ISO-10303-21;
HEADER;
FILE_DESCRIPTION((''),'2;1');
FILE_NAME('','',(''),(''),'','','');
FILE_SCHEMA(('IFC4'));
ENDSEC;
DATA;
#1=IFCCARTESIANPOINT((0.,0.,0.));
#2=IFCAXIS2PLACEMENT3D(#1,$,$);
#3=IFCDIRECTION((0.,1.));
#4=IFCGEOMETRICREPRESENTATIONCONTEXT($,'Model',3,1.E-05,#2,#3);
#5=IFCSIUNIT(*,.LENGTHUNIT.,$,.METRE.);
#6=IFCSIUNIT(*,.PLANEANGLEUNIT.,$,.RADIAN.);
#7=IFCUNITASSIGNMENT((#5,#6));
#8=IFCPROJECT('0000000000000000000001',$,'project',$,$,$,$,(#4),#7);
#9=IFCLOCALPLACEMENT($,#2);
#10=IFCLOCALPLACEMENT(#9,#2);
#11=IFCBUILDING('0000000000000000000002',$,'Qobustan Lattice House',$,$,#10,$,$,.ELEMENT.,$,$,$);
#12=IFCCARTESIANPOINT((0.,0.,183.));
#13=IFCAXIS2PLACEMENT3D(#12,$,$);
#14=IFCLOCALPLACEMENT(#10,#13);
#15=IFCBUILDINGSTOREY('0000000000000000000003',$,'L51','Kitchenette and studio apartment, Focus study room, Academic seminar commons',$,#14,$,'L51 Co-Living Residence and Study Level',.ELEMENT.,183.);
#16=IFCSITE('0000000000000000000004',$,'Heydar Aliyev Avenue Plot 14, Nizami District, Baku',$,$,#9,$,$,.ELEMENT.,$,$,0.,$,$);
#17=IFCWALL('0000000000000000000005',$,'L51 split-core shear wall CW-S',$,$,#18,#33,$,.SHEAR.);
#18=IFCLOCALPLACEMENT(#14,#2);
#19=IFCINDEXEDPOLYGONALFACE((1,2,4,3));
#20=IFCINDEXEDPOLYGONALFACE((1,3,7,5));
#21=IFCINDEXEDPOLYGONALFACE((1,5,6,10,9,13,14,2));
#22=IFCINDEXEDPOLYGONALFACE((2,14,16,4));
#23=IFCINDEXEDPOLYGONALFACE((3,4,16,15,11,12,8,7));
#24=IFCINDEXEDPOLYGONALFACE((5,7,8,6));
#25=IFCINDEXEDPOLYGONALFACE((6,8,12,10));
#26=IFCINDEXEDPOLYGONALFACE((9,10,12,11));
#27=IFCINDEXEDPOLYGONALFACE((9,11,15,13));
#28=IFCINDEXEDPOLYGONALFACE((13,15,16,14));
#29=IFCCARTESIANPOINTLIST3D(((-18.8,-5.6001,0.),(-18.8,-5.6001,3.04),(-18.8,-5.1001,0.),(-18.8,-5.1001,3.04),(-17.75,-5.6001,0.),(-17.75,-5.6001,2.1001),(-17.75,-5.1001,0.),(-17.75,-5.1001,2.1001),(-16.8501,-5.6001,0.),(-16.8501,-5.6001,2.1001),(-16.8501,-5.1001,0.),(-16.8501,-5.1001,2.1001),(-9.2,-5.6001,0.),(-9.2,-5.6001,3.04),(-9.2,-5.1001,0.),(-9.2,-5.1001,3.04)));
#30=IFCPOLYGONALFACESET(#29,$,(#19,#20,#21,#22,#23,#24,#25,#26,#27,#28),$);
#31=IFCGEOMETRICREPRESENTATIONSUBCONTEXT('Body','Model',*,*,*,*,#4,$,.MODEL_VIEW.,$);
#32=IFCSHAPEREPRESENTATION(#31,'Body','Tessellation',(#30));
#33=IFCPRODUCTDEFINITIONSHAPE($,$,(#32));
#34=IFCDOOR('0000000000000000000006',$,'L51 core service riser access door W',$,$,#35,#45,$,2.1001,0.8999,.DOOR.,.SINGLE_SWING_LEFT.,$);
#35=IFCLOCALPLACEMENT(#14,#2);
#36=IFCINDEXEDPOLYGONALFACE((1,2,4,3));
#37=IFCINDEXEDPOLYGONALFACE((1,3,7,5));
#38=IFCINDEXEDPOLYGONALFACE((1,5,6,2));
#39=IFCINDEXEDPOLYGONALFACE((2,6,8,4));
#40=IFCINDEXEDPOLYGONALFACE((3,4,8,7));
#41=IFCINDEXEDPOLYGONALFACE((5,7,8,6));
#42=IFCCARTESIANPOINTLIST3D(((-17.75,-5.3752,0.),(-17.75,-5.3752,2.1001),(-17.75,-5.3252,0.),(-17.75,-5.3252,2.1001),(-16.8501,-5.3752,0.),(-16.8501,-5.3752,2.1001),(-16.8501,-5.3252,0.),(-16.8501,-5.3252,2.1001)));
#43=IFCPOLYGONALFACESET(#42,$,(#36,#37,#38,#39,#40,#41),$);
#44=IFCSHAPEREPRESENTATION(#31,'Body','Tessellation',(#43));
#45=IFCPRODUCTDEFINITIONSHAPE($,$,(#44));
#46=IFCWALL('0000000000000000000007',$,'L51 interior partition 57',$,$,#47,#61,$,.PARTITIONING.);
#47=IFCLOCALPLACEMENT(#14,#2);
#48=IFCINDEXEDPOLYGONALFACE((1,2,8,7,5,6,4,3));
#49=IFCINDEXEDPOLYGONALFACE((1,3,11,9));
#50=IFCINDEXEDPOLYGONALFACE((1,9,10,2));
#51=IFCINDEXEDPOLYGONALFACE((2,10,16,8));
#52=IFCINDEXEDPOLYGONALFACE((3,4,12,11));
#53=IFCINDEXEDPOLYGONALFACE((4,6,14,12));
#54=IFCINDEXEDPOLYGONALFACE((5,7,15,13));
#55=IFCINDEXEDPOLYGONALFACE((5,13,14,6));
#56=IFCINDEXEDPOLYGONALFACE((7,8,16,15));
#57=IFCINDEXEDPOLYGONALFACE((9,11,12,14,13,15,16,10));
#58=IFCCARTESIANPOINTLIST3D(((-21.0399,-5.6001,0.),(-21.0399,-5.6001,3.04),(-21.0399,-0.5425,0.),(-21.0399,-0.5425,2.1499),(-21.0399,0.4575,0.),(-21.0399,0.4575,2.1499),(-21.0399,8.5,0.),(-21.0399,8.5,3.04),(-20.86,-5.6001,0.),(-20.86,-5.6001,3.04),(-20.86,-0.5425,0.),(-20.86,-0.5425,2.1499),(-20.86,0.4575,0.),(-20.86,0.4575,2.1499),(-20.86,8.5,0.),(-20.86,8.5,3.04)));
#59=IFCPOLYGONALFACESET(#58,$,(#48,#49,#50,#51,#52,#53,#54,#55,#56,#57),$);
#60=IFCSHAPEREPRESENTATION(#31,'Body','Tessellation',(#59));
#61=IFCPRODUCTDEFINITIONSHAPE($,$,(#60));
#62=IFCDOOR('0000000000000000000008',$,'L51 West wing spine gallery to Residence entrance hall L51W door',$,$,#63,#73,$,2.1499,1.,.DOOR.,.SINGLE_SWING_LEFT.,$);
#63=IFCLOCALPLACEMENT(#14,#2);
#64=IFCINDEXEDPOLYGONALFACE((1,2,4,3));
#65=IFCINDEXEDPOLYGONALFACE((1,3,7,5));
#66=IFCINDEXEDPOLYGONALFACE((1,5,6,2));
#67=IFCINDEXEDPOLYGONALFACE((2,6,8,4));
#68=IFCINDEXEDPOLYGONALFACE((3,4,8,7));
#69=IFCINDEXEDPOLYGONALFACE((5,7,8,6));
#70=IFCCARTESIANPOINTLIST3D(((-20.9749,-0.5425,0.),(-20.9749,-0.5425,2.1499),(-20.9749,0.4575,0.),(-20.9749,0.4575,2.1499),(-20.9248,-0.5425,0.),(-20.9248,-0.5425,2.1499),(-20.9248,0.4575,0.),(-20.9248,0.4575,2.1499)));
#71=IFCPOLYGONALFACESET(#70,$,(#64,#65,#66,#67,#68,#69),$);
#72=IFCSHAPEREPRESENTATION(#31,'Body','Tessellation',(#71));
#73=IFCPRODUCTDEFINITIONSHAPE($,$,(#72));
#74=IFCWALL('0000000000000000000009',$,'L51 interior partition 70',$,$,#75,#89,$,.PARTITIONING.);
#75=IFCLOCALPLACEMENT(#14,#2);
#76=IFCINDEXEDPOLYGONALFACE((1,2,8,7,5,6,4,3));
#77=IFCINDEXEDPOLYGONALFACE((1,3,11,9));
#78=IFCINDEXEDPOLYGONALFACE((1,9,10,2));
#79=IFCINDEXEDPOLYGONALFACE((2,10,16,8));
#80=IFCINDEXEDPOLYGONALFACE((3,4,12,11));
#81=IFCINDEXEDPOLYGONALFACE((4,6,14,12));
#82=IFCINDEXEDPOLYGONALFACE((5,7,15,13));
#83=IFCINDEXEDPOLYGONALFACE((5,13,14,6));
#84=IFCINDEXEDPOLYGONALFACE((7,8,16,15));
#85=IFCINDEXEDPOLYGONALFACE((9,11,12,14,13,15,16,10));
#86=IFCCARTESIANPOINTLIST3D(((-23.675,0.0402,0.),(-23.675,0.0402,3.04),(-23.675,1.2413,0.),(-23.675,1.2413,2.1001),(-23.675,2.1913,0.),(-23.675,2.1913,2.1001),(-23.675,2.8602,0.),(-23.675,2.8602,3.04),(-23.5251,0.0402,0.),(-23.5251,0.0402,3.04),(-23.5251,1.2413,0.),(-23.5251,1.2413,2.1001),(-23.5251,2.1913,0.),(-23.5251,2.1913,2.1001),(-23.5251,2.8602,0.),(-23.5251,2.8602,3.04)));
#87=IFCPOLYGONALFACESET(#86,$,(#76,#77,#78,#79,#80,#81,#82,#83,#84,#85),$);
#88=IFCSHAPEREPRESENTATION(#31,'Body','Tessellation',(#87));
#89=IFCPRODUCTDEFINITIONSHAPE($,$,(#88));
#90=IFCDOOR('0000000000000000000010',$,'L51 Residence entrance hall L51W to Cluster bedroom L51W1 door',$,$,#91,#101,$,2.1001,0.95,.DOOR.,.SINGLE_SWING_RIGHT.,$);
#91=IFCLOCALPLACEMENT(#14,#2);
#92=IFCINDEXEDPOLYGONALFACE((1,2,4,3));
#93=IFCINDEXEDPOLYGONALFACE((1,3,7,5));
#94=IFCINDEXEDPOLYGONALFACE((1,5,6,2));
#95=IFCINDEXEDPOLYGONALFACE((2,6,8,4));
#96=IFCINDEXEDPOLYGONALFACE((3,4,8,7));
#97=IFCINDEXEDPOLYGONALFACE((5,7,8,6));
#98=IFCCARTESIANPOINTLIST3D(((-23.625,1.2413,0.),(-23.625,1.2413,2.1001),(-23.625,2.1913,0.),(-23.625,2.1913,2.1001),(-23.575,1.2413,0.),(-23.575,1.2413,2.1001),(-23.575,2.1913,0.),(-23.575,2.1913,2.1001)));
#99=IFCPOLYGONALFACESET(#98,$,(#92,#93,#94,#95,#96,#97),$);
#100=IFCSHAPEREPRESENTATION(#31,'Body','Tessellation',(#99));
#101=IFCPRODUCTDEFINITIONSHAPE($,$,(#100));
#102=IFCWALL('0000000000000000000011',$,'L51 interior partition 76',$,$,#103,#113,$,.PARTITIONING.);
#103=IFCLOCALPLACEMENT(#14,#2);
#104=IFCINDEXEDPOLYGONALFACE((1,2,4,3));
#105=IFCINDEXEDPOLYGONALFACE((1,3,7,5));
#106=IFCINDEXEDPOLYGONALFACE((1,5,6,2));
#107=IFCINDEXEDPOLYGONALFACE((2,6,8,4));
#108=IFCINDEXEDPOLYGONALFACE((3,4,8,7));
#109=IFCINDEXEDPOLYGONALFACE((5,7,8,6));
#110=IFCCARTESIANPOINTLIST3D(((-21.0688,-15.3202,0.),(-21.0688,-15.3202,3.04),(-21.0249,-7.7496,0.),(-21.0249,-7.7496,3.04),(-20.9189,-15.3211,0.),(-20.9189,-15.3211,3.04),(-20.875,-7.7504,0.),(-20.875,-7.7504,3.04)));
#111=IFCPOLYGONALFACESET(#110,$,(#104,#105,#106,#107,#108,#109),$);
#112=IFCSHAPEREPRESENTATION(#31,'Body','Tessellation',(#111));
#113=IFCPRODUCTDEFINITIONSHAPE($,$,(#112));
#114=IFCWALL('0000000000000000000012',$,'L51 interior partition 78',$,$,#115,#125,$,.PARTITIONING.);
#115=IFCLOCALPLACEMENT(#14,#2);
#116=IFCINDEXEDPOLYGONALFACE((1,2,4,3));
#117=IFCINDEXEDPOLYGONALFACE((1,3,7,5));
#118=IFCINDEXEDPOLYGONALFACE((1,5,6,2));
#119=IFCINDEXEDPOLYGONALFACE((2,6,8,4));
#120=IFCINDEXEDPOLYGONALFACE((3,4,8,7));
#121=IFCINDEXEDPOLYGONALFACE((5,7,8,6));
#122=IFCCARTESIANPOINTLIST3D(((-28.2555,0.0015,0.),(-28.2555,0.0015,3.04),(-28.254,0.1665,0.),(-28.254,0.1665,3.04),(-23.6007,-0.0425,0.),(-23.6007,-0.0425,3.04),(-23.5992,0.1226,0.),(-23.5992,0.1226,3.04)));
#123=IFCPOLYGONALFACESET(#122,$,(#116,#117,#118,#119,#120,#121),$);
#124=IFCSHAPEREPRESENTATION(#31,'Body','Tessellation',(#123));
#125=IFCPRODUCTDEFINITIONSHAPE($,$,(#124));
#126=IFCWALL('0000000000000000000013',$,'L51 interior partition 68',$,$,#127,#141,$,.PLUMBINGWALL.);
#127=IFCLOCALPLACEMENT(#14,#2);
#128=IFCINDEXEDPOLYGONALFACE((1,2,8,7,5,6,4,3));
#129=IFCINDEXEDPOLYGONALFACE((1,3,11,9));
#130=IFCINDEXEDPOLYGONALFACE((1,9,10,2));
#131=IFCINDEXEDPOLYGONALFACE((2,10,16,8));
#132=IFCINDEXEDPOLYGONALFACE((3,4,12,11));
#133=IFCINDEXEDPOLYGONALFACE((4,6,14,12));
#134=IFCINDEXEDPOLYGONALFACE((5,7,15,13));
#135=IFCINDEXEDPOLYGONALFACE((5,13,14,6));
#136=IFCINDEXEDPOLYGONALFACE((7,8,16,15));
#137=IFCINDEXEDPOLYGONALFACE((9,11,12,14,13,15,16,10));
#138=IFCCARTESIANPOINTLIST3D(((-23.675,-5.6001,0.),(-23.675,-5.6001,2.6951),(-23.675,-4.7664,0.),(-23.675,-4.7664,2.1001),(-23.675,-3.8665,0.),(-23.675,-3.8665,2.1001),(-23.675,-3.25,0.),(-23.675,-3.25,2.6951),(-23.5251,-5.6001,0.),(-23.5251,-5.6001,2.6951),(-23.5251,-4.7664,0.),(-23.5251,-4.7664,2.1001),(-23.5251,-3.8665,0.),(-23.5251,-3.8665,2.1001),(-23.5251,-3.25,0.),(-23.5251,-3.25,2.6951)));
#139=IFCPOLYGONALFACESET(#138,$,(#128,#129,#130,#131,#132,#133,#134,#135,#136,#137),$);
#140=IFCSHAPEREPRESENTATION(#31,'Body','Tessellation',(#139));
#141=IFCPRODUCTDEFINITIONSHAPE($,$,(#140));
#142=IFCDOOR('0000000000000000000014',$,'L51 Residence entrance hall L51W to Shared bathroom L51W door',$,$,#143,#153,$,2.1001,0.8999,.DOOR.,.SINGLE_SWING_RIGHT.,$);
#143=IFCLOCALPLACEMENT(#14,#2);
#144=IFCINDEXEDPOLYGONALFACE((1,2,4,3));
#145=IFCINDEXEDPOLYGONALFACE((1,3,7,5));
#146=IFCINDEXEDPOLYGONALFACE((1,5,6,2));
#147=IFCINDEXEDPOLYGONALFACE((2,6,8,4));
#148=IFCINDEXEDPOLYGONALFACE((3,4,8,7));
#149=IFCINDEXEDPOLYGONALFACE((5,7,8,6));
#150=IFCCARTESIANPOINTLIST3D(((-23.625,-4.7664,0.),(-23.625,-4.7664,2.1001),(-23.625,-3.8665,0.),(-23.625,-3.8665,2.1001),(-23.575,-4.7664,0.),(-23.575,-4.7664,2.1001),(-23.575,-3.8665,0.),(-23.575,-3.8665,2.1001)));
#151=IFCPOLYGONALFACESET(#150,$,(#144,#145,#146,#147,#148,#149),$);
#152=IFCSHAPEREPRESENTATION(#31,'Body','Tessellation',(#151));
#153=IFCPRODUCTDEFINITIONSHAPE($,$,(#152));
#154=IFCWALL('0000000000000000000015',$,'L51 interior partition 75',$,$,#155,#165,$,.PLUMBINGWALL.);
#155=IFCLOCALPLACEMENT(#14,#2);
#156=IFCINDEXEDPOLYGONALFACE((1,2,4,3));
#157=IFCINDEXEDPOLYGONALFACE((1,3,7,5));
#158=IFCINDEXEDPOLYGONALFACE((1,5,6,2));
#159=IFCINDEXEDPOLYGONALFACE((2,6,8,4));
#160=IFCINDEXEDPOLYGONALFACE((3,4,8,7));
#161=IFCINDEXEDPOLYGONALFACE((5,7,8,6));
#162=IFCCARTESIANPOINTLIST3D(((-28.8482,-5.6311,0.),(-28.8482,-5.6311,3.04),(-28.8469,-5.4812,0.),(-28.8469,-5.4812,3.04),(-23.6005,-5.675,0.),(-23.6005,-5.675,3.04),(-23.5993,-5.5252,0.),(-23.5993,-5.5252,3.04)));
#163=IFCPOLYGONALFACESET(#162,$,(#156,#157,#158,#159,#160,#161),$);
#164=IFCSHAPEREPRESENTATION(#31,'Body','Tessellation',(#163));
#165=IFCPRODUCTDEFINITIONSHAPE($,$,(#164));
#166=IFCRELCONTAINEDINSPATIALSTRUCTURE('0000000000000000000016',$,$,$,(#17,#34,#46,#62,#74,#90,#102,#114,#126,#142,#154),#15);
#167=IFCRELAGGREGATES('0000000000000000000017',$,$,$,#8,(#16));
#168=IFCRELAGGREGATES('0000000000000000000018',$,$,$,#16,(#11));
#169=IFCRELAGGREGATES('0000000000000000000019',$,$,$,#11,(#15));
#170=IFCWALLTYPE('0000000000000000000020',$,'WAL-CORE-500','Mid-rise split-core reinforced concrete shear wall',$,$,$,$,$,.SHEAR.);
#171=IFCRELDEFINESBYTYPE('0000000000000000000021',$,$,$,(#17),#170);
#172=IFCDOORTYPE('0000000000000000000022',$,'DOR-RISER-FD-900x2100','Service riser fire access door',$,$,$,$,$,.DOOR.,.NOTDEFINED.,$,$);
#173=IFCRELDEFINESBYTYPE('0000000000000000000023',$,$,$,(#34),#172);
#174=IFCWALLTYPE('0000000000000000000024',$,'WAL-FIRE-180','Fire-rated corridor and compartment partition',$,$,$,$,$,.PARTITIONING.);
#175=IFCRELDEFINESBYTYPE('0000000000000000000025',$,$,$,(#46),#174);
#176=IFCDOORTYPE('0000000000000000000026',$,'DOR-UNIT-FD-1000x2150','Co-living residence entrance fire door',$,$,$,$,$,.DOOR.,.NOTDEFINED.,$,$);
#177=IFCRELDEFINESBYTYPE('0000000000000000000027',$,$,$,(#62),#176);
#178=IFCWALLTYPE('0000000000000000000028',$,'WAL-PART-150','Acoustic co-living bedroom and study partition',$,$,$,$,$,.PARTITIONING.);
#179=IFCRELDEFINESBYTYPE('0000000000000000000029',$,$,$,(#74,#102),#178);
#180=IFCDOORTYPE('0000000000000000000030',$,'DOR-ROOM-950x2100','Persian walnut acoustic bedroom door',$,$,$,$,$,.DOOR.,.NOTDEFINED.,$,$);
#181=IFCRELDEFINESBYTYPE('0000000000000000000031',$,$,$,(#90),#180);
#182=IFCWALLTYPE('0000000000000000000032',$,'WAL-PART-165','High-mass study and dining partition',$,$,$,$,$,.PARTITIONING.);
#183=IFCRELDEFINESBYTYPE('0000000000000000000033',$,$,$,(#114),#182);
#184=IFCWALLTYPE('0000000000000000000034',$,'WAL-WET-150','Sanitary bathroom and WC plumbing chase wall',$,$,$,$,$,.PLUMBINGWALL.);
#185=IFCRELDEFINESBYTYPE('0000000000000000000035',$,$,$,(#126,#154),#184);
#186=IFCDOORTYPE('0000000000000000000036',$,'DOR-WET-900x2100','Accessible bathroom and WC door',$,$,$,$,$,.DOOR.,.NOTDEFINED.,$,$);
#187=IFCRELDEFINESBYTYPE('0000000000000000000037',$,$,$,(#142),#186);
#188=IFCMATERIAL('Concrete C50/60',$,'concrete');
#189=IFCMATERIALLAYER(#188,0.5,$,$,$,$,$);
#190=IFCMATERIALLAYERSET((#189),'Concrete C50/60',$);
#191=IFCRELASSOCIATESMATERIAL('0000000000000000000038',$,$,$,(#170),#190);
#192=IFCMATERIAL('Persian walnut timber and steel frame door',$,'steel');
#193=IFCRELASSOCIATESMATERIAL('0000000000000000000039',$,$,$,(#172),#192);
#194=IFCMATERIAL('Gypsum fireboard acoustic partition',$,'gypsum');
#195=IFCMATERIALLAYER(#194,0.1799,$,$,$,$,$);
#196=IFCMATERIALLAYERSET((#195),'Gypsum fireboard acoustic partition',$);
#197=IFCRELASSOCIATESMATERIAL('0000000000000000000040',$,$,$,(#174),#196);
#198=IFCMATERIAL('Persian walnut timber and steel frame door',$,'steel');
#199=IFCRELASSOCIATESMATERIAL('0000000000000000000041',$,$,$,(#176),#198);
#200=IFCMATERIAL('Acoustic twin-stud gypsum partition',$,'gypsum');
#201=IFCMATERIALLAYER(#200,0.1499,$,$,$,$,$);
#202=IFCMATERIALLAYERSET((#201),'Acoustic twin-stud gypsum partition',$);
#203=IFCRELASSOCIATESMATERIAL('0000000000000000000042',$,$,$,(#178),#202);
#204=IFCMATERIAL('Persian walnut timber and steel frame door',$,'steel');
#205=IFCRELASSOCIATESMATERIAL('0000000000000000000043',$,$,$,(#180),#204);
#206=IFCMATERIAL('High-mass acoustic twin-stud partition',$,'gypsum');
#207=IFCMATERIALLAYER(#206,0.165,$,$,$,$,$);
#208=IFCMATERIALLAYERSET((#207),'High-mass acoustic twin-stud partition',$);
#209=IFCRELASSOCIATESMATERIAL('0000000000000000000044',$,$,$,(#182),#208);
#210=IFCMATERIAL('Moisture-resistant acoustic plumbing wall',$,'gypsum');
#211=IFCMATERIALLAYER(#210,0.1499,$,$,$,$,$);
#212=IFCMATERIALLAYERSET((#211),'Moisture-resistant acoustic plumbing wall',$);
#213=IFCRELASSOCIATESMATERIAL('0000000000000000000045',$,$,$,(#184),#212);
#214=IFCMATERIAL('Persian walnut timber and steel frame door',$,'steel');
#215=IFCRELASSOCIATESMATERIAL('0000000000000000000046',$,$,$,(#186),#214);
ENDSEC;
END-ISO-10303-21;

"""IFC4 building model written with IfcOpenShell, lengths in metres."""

from ifc_helpers import new_model, si_unit, direction, frame, frame_2d, origin, place, context, subcontext, project, spatial, rectangle, extrude, material, layer, layer_set, type_object, element, fill, save


model = new_model("IFC4")

# Units and contexts
model_context = context("Model", 3, precision=1e-05, world=origin(), true_north=direction((0.0, 1.0)))
body_context = subcontext(model_context, "Body", "Model", "MODEL_VIEW")
ifc_project = project(units=[si_unit("LENGTHUNIT", "METRE"), si_unit("PLANEANGLEUNIT", "RADIAN")], contexts=[model_context])

# Site, building, storey
site_placement = place(None, origin())
site = spatial("IfcSite", under=ifc_project, at=site_placement, Name="Heydar Aliyev Avenue Plot 14, Nizami District, Baku", CompositionType="ELEMENT", RefElevation=0.0)
building_placement = place(site_placement, origin())
building = spatial("IfcBuilding", under=site, at=building_placement, Name="Qobustan Lattice House", CompositionType="ELEMENT")
storey_placement = place(building_placement, frame((0.0, 0.0, 183.0)))
storey = spatial("IfcBuildingStorey", under=building, at=storey_placement, Name="L51", Description="Kitchenette and studio apartment, Focus study room, Academic seminar commons", LongName="L51 Co-Living Residence and Study Level", CompositionType="ELEMENT", Elevation=183.0)

# Walls, openings, doors
ifc_material_1 = material(Name="Concrete C50/60", Category="concrete")
ifc_layer_1 = layer(ifc_material_1, 0.5)
ifc_layer_set_1 = layer_set([ifc_layer_1], Name="Concrete C50/60")
wall_type_1 = type_object("IfcWallType", Name="WAL-CORE-500", Description="Mid-rise split-core reinforced concrete shear wall", PredefinedType="SHEAR", material=ifc_layer_set_1)
wall_1_placement = place(storey_placement, frame((-18.8, -5.3501, 0.0), z_axis=(0.0, 0.0, 1.0), x_axis=(1.0, 0.0, 0.0)))
wall_1 = element("IfcWall", 1, at=wall_1_placement, inside=storey, type_object=wall_type_1, Name="L51 split-core shear wall CW-S", PredefinedType="SHEAR", context=body_context, shape_type="SweptSolid", body=[
    extrude(rectangle(XDim=9.6001, YDim=0.5, at=frame_2d((4.8, 0.0))), origin(), (0.0, 0.0, 1.0), 3.04),
])
opening_1_placement = place(wall_1_placement, frame((1.05, 0.0, 0.0)))
opening_1 = element("IfcOpeningElement", 2, at=opening_1_placement, cuts=wall_1, PredefinedType="OPENING", context=body_context, shape_type="SweptSolid", body=[
    extrude(rectangle(XDim=0.8999, YDim=2.1001, at=frame_2d((0.45, 1.05))), frame((0.0, 0.26, 0.0), z_axis=(0.0, -1.0, 0.0), x_axis=(1.0, 0.0, 0.0)), (0.0, 0.0, 1.0), 0.52),
])
ifc_material_2 = material(Name="Persian walnut timber and steel frame door", Category="steel")
door_type_1 = type_object("IfcDoorType", Name="DOR-RISER-FD-900x2100", Description="Service riser fire access door", OperationType="NOTDEFINED", PredefinedType="DOOR", material=ifc_material_2)
door_1_placement = place(opening_1_placement, origin())
door_1 = element("IfcDoor", 3, at=door_1_placement, inside=storey, type_object=door_type_1, Name="L51 core service riser access door W", OperationType="SINGLE_SWING_LEFT", OverallHeight=2.1001, OverallWidth=0.8999, PredefinedType="DOOR", context=body_context, shape_type="SweptSolid", body=[
    extrude(rectangle(XDim=0.8999, YDim=2.1001, at=frame_2d((0.45, 1.05))), frame((0.0, 0.0249, 0.0), z_axis=(0.0, -1.0, 0.0), x_axis=(1.0, 0.0, 0.0)), (0.0, 0.0, 1.0), 0.05),
])
fill(opening_1, door_1)
ifc_material_3 = material(Name="Gypsum fireboard acoustic partition", Category="gypsum")
ifc_layer_2 = layer(ifc_material_3, 0.1799)
ifc_layer_set_2 = layer_set([ifc_layer_2], Name="Gypsum fireboard acoustic partition")
wall_type_2 = type_object("IfcWallType", Name="WAL-FIRE-180", Description="Fire-rated corridor and compartment partition", PredefinedType="PARTITIONING", material=ifc_layer_set_2)
wall_2_placement = place(storey_placement, frame((-20.95, -5.6001, 0.0), z_axis=(0.0, 0.0, 1.0), x_axis=(0.0, 1.0, 0.0)))
wall_2 = element("IfcWall", 4, at=wall_2_placement, inside=storey, type_object=wall_type_2, Name="L51 interior partition 57", PredefinedType="PARTITIONING", context=body_context, shape_type="SweptSolid", body=[
    extrude(rectangle(XDim=14.1001, YDim=0.1799, at=frame_2d((7.05, 0.0))), origin(), (0.0, 0.0, 1.0), 3.04),
])
opening_2_placement = place(wall_2_placement, frame((5.0576, 0.0, 0.0)))
opening_2 = element("IfcOpeningElement", 5, at=opening_2_placement, cuts=wall_2, PredefinedType="OPENING", context=body_context, shape_type="SweptSolid", body=[
    extrude(rectangle(XDim=1.0, YDim=2.1499, at=frame_2d((0.5, 1.075))), frame((0.0, 0.0999, 0.0), z_axis=(0.0, -1.0, 0.0), x_axis=(1.0, 0.0, 0.0)), (0.0, 0.0, 1.0), 0.2),
])
ifc_material_4 = material(Name="Persian walnut timber and steel frame door", Category="steel")
door_type_2 = type_object("IfcDoorType", Name="DOR-UNIT-FD-1000x2150", Description="Co-living residence entrance fire door", OperationType="NOTDEFINED", PredefinedType="DOOR", material=ifc_material_4)
door_2_placement = place(opening_2_placement, origin())
door_2 = element("IfcDoor", 6, at=door_2_placement, inside=storey, type_object=door_type_2, Name="L51 West wing spine gallery to Residence entrance hall L51W door", OperationType="SINGLE_SWING_LEFT", OverallHeight=2.1499, OverallWidth=1.0, PredefinedType="DOOR", context=body_context, shape_type="SweptSolid", body=[
    extrude(rectangle(XDim=1.0, YDim=2.1499, at=frame_2d((0.5, 1.075))), frame((0.0, 0.0249, 0.0), z_axis=(0.0, -1.0, 0.0), x_axis=(1.0, 0.0, 0.0)), (0.0, 0.0, 1.0), 0.05),
])
fill(opening_2, door_2)
ifc_material_5 = material(Name="Acoustic twin-stud gypsum partition", Category="gypsum")
ifc_layer_3 = layer(ifc_material_5, 0.1499)
ifc_layer_set_3 = layer_set([ifc_layer_3], Name="Acoustic twin-stud gypsum partition")
wall_type_3 = type_object("IfcWallType", Name="WAL-PART-150", Description="Acoustic co-living bedroom and study partition", PredefinedType="PARTITIONING", material=ifc_layer_set_3)
wall_3_placement = place(storey_placement, frame((-23.6001, 0.04, 0.0), z_axis=(0.0, 0.0, 1.0), x_axis=(0.0, 1.0, 0.0)))
wall_3 = element("IfcWall", 7, at=wall_3_placement, inside=storey, type_object=wall_type_3, Name="L51 interior partition 70", PredefinedType="PARTITIONING", context=body_context, shape_type="SweptSolid", body=[
    extrude(rectangle(XDim=2.8201, YDim=0.1499, at=frame_2d((1.4102, 0.0))), origin(), (0.0, 0.0, 1.0), 3.04),
])
opening_3_placement = place(wall_3_placement, frame((1.2012, 0.0, 0.0)))
opening_3 = element("IfcOpeningElement", 8, at=opening_3_placement, cuts=wall_3, PredefinedType="OPENING", context=body_context, shape_type="SweptSolid", body=[
    extrude(rectangle(XDim=0.95, YDim=2.1001, at=frame_2d((0.4751, 1.05))), frame((0.0, 0.085, 0.0), z_axis=(0.0, -1.0, 0.0), x_axis=(1.0, 0.0, 0.0)), (0.0, 0.0, 1.0), 0.1699),
])
ifc_material_6 = material(Name="Persian walnut timber and steel frame door", Category="steel")
door_type_3 = type_object("IfcDoorType", Name="DOR-ROOM-950x2100", Description="Persian walnut acoustic bedroom door", OperationType="NOTDEFINED", PredefinedType="DOOR", material=ifc_material_6)
door_3_placement = place(opening_3_placement, origin())
door_3 = element("IfcDoor", 9, at=door_3_placement, inside=storey, type_object=door_type_3, Name="L51 Residence entrance hall L51W to Cluster bedroom L51W1 door", OperationType="SINGLE_SWING_RIGHT", OverallHeight=2.1001, OverallWidth=0.95, PredefinedType="DOOR", context=body_context, shape_type="SweptSolid", body=[
    extrude(rectangle(XDim=0.95, YDim=2.1001, at=frame_2d((0.4751, 1.05))), frame((0.0, 0.0249, 0.0), z_axis=(0.0, -1.0, 0.0), x_axis=(1.0, 0.0, 0.0)), (0.0, 0.0, 1.0), 0.05),
])
fill(opening_3, door_3)

# Wall
wall_4_placement = place(storey_placement, frame((-20.95, -7.75, 0.0), z_axis=(0.0, 0.0, 1.0), x_axis=(-0.005805, -0.999983, 0.0)))
element("IfcWall", 10, at=wall_4_placement, inside=storey, type_object=wall_type_3, Name="L51 interior partition 76", PredefinedType="PARTITIONING", context=body_context, shape_type="SweptSolid", body=[
    extrude(rectangle(XDim=7.5708, YDim=0.1499, at=frame_2d((3.7854, 0.0))), origin(), (0.0, 0.0, 1.0), 3.04),
])

# Shared definitions
ifc_material_7 = material(Name="High-mass acoustic twin-stud partition", Category="gypsum")
ifc_layer_4 = layer(ifc_material_7, 0.165)
ifc_layer_set_4 = layer_set([ifc_layer_4], Name="High-mass acoustic twin-stud partition")
wall_type_4 = type_object("IfcWallType", Name="WAL-PART-165", Description="High-mass study and dining partition", PredefinedType="PARTITIONING", material=ifc_layer_set_4)

# Wall
wall_5_placement = place(storey_placement, frame((-28.2549, 0.084, 0.0), z_axis=(0.0, 0.0, 1.0), x_axis=(0.999955, -0.00944, 0.0)))
element("IfcWall", 11, at=wall_5_placement, inside=storey, type_object=wall_type_4, Name="L51 interior partition 78", PredefinedType="PARTITIONING", context=body_context, shape_type="SweptSolid", body=[
    extrude(rectangle(XDim=4.655, YDim=0.165, at=frame_2d((2.3276, 0.0))), origin(), (0.0, 0.0, 1.0), 3.04),
])

# Wall, opening, door
ifc_material_8 = material(Name="Moisture-resistant acoustic plumbing wall", Category="gypsum")
ifc_layer_5 = layer(ifc_material_8, 0.1499)
ifc_layer_set_5 = layer_set([ifc_layer_5], Name="Moisture-resistant acoustic plumbing wall")
wall_type_5 = type_object("IfcWallType", Name="WAL-WET-150", Description="Sanitary bathroom and WC plumbing chase wall", PredefinedType="PLUMBINGWALL", material=ifc_layer_set_5)
wall_6_placement = place(storey_placement, frame((-23.6001, -5.6001, 0.0), z_axis=(0.0, 0.0, 1.0), x_axis=(0.0, 1.0, 0.0)))
wall_6 = element("IfcWall", 12, at=wall_6_placement, inside=storey, type_object=wall_type_5, Name="L51 interior partition 68", PredefinedType="PLUMBINGWALL", context=body_context, shape_type="SweptSolid", body=[
    extrude(rectangle(XDim=2.3501, YDim=0.1499, at=frame_2d((1.175, 0.0))), origin(), (0.0, 0.0, 1.0), 2.6951),
])
opening_4_placement = place(wall_6_placement, frame((0.8337, 0.0, 0.0)))
opening_4 = element("IfcOpeningElement", 13, at=opening_4_placement, cuts=wall_6, PredefinedType="OPENING", context=body_context, shape_type="SweptSolid", body=[
    extrude(rectangle(XDim=0.8999, YDim=2.1001, at=frame_2d((0.45, 1.05))), frame((0.0, 0.085, 0.0), z_axis=(0.0, -1.0, 0.0), x_axis=(1.0, 0.0, 0.0)), (0.0, 0.0, 1.0), 0.1699),
])
ifc_material_9 = material(Name="Persian walnut timber and steel frame door", Category="steel")
door_type_4 = type_object("IfcDoorType", Name="DOR-WET-900x2100", Description="Accessible bathroom and WC door", OperationType="NOTDEFINED", PredefinedType="DOOR", material=ifc_material_9)
door_4_placement = place(opening_4_placement, origin())
door_4 = element("IfcDoor", 14, at=door_4_placement, inside=storey, type_object=door_type_4, Name="L51 Residence entrance hall L51W to Shared bathroom L51W door", OperationType="SINGLE_SWING_RIGHT", OverallHeight=2.1001, OverallWidth=0.8999, PredefinedType="DOOR", context=body_context, shape_type="SweptSolid", body=[
    extrude(rectangle(XDim=0.8999, YDim=2.1001, at=frame_2d((0.45, 1.05))), frame((0.0, 0.0249, 0.0), z_axis=(0.0, -1.0, 0.0), x_axis=(1.0, 0.0, 0.0)), (0.0, 0.0, 1.0), 0.05),
])
fill(opening_4, door_4)

# Wall
wall_7_placement = place(storey_placement, frame((-28.8477, -5.5562, 0.0), z_axis=(0.0, 0.0, 1.0), x_axis=(0.999965, -0.008374, 0.0)))
element("IfcWall", 15, at=wall_7_placement, inside=storey, type_object=wall_type_5, Name="L51 interior partition 75", PredefinedType="PLUMBINGWALL", context=body_context, shape_type="SweptSolid", body=[
    extrude(rectangle(XDim=5.2478, YDim=0.1499, at=frame_2d((2.624, 0.0))), origin(), (0.0, 0.0, 1.0), 3.04),
])

save(model, "model.ifc")
